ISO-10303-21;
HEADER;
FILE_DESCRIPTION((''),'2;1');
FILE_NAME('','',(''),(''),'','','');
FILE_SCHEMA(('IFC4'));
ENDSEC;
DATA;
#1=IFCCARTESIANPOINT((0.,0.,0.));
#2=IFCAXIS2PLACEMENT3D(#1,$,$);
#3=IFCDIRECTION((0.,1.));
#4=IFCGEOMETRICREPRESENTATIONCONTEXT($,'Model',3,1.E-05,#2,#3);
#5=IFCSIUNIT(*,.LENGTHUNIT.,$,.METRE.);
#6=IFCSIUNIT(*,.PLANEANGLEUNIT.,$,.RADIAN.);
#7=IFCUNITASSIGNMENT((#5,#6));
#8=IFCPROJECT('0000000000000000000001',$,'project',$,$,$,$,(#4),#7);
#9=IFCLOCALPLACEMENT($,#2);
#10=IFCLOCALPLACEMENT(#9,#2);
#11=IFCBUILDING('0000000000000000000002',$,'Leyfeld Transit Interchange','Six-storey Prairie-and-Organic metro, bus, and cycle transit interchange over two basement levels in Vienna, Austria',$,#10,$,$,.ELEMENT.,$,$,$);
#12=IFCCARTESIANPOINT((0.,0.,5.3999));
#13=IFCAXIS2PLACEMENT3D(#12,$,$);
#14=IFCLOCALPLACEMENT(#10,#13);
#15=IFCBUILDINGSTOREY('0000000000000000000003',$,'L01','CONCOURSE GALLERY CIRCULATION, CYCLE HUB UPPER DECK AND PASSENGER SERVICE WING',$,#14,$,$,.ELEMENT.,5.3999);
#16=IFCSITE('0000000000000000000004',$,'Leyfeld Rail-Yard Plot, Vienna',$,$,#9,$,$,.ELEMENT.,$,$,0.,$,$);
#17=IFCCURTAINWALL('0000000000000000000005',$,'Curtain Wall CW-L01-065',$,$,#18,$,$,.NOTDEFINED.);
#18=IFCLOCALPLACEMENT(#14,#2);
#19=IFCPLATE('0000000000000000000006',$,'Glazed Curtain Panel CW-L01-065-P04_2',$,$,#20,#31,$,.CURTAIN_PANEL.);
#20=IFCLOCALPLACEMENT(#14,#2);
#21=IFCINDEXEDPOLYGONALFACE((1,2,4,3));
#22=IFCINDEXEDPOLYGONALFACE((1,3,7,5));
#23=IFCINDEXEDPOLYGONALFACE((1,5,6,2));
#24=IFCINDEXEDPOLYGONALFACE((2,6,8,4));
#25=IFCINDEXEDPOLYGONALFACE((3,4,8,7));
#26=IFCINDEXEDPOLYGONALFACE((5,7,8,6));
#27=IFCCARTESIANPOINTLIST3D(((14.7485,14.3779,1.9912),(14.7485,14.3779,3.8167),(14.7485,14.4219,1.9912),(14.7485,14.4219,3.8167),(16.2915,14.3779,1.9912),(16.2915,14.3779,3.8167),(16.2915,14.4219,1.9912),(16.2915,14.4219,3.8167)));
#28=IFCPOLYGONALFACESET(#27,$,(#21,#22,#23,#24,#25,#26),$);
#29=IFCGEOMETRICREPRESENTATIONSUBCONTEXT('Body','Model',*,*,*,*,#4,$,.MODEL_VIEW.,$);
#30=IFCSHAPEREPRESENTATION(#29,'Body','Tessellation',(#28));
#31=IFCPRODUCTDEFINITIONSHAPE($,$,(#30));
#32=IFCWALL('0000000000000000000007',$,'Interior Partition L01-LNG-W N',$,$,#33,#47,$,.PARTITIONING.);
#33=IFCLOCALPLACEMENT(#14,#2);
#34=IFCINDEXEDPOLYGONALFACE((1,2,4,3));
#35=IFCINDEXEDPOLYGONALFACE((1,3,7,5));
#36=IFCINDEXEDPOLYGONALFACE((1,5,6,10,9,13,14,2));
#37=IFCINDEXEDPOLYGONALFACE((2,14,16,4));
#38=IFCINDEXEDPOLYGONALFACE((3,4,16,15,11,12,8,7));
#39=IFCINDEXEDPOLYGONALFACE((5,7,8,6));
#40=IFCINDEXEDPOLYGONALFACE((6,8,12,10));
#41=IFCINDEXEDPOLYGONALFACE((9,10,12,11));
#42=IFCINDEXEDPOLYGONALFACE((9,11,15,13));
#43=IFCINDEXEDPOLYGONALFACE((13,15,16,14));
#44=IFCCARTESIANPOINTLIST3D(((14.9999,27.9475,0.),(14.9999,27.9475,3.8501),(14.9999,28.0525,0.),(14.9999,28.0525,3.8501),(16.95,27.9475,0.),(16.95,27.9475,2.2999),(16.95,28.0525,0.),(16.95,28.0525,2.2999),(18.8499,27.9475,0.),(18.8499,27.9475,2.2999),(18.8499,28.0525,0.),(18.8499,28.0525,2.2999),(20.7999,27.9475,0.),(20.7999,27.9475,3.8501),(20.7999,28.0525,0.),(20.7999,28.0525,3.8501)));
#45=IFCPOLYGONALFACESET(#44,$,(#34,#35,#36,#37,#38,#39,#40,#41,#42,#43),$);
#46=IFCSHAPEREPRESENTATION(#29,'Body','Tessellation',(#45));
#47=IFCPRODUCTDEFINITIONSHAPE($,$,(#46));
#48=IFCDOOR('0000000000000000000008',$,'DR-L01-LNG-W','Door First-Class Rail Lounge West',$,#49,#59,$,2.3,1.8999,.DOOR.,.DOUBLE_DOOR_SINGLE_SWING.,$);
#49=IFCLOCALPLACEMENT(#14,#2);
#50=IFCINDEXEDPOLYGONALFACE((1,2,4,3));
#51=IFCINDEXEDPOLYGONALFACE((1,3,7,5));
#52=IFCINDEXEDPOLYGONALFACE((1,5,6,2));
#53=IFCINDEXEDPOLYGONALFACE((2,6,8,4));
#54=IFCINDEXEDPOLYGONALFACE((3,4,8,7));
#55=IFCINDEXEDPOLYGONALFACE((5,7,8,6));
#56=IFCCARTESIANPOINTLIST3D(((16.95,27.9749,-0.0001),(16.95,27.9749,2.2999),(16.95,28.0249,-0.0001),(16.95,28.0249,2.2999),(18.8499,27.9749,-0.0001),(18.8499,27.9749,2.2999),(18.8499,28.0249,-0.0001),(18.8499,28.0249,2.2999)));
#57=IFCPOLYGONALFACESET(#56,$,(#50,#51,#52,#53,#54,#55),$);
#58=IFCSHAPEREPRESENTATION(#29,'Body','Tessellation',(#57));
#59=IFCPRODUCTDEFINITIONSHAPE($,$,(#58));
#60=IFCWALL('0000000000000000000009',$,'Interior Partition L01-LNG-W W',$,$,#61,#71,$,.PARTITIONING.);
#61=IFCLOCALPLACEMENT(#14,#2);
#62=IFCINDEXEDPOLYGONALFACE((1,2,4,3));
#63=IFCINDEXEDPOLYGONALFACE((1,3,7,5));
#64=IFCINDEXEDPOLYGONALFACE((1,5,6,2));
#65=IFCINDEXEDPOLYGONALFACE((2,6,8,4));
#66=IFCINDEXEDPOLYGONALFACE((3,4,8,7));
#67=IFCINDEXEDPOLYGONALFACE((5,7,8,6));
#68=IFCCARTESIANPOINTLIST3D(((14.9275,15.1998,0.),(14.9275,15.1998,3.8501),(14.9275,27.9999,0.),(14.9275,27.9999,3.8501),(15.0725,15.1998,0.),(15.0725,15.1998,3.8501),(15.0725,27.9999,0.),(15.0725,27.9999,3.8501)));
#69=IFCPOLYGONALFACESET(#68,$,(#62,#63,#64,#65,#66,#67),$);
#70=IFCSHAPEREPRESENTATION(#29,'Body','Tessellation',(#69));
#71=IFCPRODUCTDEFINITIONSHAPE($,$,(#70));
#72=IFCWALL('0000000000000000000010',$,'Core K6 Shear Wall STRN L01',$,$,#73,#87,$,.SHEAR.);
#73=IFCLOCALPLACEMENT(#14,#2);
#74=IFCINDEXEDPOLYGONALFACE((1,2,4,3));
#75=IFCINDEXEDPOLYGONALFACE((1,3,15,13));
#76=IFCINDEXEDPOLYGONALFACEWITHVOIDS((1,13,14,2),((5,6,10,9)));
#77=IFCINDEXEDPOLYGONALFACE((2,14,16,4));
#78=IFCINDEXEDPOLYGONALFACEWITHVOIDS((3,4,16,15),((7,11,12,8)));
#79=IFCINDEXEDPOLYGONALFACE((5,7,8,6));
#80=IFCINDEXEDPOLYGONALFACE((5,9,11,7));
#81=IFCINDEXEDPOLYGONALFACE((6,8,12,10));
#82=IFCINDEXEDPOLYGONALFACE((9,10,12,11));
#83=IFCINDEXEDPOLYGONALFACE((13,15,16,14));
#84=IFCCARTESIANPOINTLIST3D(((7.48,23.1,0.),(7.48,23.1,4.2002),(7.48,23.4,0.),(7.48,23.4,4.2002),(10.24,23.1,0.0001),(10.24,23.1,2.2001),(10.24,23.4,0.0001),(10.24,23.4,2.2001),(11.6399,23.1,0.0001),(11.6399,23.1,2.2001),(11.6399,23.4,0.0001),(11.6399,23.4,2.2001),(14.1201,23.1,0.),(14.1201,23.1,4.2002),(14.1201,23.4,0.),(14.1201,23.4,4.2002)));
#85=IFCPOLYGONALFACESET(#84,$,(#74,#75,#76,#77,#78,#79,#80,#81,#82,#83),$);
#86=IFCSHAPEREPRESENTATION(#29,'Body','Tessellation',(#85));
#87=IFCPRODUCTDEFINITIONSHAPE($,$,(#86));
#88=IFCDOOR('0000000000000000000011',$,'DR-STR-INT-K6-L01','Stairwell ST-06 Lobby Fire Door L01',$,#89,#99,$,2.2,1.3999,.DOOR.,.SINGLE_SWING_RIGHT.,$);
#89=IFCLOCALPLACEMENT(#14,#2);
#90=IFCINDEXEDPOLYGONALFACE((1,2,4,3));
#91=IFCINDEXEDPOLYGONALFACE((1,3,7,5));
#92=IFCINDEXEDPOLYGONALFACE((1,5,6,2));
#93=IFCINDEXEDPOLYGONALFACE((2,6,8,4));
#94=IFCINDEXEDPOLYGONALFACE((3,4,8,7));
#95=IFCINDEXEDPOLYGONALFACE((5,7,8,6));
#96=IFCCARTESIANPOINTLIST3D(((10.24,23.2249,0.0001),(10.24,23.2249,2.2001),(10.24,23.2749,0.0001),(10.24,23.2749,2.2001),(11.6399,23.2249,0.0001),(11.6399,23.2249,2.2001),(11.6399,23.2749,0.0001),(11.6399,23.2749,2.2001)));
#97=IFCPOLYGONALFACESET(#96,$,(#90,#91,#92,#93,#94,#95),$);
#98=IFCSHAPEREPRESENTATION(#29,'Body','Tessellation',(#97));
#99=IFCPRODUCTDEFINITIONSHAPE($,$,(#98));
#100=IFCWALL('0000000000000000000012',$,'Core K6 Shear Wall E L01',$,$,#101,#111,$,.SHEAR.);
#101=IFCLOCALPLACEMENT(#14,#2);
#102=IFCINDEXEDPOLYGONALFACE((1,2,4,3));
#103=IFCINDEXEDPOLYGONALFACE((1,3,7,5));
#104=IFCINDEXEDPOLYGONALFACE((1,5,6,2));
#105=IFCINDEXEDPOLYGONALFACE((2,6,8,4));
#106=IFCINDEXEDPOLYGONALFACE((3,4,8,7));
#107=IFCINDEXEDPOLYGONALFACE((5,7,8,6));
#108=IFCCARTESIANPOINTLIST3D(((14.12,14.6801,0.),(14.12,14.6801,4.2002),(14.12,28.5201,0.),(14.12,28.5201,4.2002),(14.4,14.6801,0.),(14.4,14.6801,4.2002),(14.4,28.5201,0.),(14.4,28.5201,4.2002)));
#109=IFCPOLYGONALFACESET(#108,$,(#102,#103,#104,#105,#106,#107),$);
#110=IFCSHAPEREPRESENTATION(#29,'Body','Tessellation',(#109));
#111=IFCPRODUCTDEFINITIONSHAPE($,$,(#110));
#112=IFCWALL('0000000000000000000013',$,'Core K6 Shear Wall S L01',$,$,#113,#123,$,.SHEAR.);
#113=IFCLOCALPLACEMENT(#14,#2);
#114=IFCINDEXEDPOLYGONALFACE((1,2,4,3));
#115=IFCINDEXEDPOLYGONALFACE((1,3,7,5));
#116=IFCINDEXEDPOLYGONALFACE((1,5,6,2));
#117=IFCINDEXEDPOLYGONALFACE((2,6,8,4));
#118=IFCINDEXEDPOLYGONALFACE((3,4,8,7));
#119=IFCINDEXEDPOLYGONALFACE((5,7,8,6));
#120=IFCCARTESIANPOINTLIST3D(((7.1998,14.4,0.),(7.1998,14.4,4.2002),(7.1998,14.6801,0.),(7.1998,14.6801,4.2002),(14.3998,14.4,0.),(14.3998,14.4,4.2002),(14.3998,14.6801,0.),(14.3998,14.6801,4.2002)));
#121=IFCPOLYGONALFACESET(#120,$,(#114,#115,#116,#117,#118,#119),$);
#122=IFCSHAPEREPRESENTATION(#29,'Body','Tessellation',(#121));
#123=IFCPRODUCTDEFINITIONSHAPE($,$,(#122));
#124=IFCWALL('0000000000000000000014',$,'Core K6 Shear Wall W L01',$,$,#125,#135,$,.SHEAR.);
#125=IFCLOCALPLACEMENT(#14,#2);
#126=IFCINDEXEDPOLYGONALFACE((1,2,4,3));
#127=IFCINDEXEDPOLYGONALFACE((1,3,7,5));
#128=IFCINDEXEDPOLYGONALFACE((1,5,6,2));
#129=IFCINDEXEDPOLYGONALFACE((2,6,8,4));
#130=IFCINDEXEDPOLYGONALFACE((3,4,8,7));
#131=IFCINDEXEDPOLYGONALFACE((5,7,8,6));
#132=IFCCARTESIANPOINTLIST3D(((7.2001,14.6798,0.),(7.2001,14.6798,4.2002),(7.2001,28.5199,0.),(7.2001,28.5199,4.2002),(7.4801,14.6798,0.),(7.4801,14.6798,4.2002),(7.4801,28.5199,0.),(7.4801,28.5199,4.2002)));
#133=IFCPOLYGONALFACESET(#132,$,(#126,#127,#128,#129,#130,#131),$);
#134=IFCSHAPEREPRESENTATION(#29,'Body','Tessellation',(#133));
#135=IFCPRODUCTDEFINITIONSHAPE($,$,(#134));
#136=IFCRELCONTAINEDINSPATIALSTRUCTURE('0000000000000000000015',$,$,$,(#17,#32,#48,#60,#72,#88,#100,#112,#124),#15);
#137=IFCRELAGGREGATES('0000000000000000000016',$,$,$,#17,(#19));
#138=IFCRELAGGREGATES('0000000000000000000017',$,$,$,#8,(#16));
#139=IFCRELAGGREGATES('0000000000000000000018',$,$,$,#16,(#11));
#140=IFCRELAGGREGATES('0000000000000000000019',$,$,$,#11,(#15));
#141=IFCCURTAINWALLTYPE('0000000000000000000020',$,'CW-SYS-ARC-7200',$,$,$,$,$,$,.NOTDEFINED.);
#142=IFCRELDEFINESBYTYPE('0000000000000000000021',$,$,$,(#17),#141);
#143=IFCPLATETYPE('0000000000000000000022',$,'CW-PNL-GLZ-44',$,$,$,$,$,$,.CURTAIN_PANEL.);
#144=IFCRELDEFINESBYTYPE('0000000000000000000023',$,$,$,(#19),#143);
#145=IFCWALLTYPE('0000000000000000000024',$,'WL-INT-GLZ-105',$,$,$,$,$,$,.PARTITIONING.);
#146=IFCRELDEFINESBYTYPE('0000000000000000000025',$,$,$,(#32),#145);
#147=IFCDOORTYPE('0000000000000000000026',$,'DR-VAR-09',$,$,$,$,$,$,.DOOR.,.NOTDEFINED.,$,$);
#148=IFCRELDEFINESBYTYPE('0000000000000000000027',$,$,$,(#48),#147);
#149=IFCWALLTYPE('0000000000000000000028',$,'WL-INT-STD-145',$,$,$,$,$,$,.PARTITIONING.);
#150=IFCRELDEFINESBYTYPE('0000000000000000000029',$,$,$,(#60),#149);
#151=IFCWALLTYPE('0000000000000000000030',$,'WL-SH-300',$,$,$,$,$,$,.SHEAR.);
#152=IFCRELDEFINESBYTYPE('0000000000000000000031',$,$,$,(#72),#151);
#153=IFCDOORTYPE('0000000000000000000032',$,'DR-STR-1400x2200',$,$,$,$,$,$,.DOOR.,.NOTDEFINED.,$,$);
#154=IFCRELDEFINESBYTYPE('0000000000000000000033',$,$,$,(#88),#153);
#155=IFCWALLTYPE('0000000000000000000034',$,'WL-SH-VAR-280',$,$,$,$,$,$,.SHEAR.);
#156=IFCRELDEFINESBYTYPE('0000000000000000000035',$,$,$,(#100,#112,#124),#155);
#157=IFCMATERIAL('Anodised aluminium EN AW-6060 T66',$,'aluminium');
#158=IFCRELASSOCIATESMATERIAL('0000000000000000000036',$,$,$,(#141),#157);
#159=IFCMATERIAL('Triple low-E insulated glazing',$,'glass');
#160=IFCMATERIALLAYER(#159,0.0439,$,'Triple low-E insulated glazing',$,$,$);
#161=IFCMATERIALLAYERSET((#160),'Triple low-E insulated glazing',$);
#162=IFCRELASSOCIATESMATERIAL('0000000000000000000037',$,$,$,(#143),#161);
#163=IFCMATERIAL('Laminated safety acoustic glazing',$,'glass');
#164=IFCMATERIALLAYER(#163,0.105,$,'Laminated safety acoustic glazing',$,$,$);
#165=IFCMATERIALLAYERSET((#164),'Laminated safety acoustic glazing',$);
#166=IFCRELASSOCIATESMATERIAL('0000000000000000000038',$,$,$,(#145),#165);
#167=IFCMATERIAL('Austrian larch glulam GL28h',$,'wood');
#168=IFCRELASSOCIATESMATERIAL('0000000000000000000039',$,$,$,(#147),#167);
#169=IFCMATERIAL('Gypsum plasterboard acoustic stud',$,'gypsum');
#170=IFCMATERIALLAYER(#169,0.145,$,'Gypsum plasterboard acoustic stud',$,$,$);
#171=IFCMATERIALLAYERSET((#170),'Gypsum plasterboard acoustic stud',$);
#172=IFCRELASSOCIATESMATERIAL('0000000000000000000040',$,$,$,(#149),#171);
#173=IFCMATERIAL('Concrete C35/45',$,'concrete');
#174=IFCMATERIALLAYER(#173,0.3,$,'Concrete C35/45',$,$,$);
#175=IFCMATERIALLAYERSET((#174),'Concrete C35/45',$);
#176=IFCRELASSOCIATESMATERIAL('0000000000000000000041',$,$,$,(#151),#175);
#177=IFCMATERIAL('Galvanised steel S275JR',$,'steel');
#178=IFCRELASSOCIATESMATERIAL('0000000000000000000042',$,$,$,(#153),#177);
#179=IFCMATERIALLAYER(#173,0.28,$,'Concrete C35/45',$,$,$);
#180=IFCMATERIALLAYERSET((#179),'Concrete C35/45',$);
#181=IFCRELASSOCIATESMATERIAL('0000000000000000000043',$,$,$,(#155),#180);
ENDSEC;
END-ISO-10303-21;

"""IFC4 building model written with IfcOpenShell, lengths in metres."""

from ifc_helpers import new_model, si_unit, direction, frame, frame_2d, origin, origin_2d, place, context, subcontext, project, spatial, rectangle, extrude, material, layer, layer_set, type_object, element, fill, aggregate, save


model = new_model("IFC4")

# Units and contexts
model_context = context("Model", 3, precision=1e-05, world=origin(), true_north=direction((0.0, 1.0)))
body_context = subcontext(model_context, "Body", "Model", "MODEL_VIEW")
ifc_project = project(units=[si_unit("LENGTHUNIT", "METRE"), si_unit("PLANEANGLEUNIT", "RADIAN")], contexts=[model_context])

# Site, building, storey
site_placement = place(None, origin())
site = spatial("IfcSite", under=ifc_project, at=site_placement, Name="Leyfeld Rail-Yard Plot, Vienna", CompositionType="ELEMENT", RefElevation=0.0)
building_placement = place(site_placement, origin())
building = spatial("IfcBuilding", under=site, at=building_placement, Name="Leyfeld Transit Interchange", Description="Six-storey Prairie-and-Organic metro, bus, and cycle transit interchange over two basement levels in Vienna, Austria", CompositionType="ELEMENT")
storey_placement = place(building_placement, frame((0.0, 0.0, 5.3999)))
storey = spatial("IfcBuildingStorey", under=building, at=storey_placement, Name="L01", Description="CONCOURSE GALLERY CIRCULATION, CYCLE HUB UPPER DECK AND PASSENGER SERVICE WING", CompositionType="ELEMENT", Elevation=5.3999)

# Shared definitions
ifc_material_1 = material(Name="Concrete C35/45", Category="concrete")

# Curtain wall
ifc_material_2 = material(Name="Anodised aluminium EN AW-6060 T66", Category="aluminium")
curtain_wall_type = type_object("IfcCurtainWallType", Name="CW-SYS-ARC-7200", PredefinedType="NOTDEFINED", material=ifc_material_2)
curtain_wall_1_placement = place(storey_placement, origin())
curtain_wall_1 = element("IfcCurtainWall", 1, at=curtain_wall_1_placement, inside=storey, type_object=curtain_wall_type, Name="Curtain Wall CW-L01-065", PredefinedType="NOTDEFINED")

# Plate
ifc_material_3 = material(Name="Triple low-E insulated glazing", Category="glass")
ifc_layer_1 = layer(ifc_material_3, 0.0439, Name="Triple low-E insulated glazing")
ifc_layer_set_1 = layer_set([ifc_layer_1], Name="Triple low-E insulated glazing")
plate_type = type_object("IfcPlateType", Name="CW-PNL-GLZ-44", PredefinedType="CURTAIN_PANEL", material=ifc_layer_set_1)
plate_1_placement = place(storey_placement, frame((15.52, 14.3999, 1.9912), z_axis=(0.0, 0.0, 1.0), x_axis=(-1.0, 0.0, 0.0)))
plate_1 = element("IfcPlate", 2, at=plate_1_placement, type_object=plate_type, Name="Glazed Curtain Panel CW-L01-065-P04_2", PredefinedType="CURTAIN_PANEL", context=body_context, shape_type="SweptSolid", body=[
    extrude(rectangle(XDim=1.543, YDim=0.0439, at=origin_2d()), origin(), (0.0, 0.0, 1.0), 1.8254),
])
aggregate(curtain_wall_1, [plate_1])

# Wall, opening, door
ifc_material_4 = material(Name="Laminated safety acoustic glazing", Category="glass")
ifc_layer_2 = layer(ifc_material_4, 0.105, Name="Laminated safety acoustic glazing")
ifc_layer_set_2 = layer_set([ifc_layer_2], Name="Laminated safety acoustic glazing")
wall_type_1 = type_object("IfcWallType", Name="WL-INT-GLZ-105", PredefinedType="PARTITIONING", material=ifc_layer_set_2)
wall_1_placement = place(storey_placement, frame((15.0, 28.0, 0.0), z_axis=(0.0, 0.0, 1.0), x_axis=(1.0, 0.0, 0.0)))
wall_1 = element("IfcWall", 3, at=wall_1_placement, inside=storey, type_object=wall_type_1, Name="Interior Partition L01-LNG-W N", PredefinedType="PARTITIONING", context=body_context, shape_type="SweptSolid", body=[
    extrude(rectangle(XDim=5.8, YDim=0.105, at=frame_2d((2.8999, 0.0))), origin(), (0.0, 0.0, 1.0), 3.8501),
])
opening_1_placement = place(wall_1_placement, frame((1.95, 0.0, 0.0)))
opening_1 = element("IfcOpeningElement", 4, at=opening_1_placement, cuts=wall_1, PredefinedType="OPENING", context=body_context, shape_type="SweptSolid", body=[
    extrude(rectangle(XDim=1.8999, YDim=2.3, at=frame_2d((0.95, 1.1499))), frame((0.0, 0.0625, 0.0), z_axis=(0.0, -1.0, 0.0), x_axis=(1.0, 0.0, 0.0)), (0.0, 0.0, 1.0), 0.125),
])
ifc_material_5 = material(Name="Austrian larch glulam GL28h", Category="wood")
door_type_1 = type_object("IfcDoorType", Name="DR-VAR-09", OperationType="NOTDEFINED", PredefinedType="DOOR", material=ifc_material_5)
door_1_placement = place(opening_1_placement, origin())
door_1 = element("IfcDoor", 5, at=door_1_placement, inside=storey, type_object=door_type_1, Name="DR-L01-LNG-W", Description="Door First-Class Rail Lounge West", OperationType="DOUBLE_DOOR_SINGLE_SWING", OverallHeight=2.3, OverallWidth=1.8999, PredefinedType="DOOR", context=body_context, shape_type="SweptSolid", body=[
    extrude(rectangle(XDim=1.8999, YDim=2.3, at=frame_2d((0.95, 1.1499))), frame((0.0, 0.0249, 0.0), z_axis=(0.0, -1.0, 0.0), x_axis=(1.0, 0.0, 0.0)), (0.0, 0.0, 1.0), 0.05),
])
fill(opening_1, door_1)

# Wall
ifc_material_6 = material(Name="Gypsum plasterboard acoustic stud", Category="gypsum")
ifc_layer_3 = layer(ifc_material_6, 0.145, Name="Gypsum plasterboard acoustic stud")
ifc_layer_set_3 = layer_set([ifc_layer_3], Name="Gypsum plasterboard acoustic stud")
wall_type_2 = type_object("IfcWallType", Name="WL-INT-STD-145", PredefinedType="PARTITIONING", material=ifc_layer_set_3)
wall_2_placement = place(storey_placement, frame((15.0, 15.2, 0.0), z_axis=(0.0, 0.0, 1.0), x_axis=(0.0, 1.0, 0.0)))
element("IfcWall", 6, at=wall_2_placement, inside=storey, type_object=wall_type_2, Name="Interior Partition L01-LNG-W W", PredefinedType="PARTITIONING", context=body_context, shape_type="SweptSolid", body=[
    extrude(rectangle(XDim=12.8, YDim=0.145, at=frame_2d((6.3999, 0.0))), origin(), (0.0, 0.0, 1.0), 3.8501),
])

# Wall, opening, door
ifc_layer_4 = layer(ifc_material_1, 0.3, Name="Concrete C35/45")
ifc_layer_set_4 = layer_set([ifc_layer_4], Name="Concrete C35/45")
wall_type_3 = type_object("IfcWallType", Name="WL-SH-300", PredefinedType="SHEAR", material=ifc_layer_set_4)
wall_3_placement = place(storey_placement, frame((7.48, 23.25, 0.0), z_axis=(0.0, 0.0, 1.0), x_axis=(1.0, 0.0, 0.0)))
wall_3 = element("IfcWall", 7, at=wall_3_placement, inside=storey, type_object=wall_type_3, Name="Core K6 Shear Wall STRN L01", PredefinedType="SHEAR", context=body_context, shape_type="SweptSolid", body=[
    extrude(rectangle(XDim=6.6401, YDim=0.3, at=frame_2d((3.3201, 0.0))), origin(), (0.0, 0.0, 1.0), 4.2002),
])
opening_2_placement = place(wall_3_placement, frame((2.76, 0.0, 0.0)))
opening_2 = element("IfcOpeningElement", 8, at=opening_2_placement, cuts=wall_3, PredefinedType="OPENING", context=body_context, shape_type="SweptSolid", body=[
    extrude(rectangle(XDim=1.3999, YDim=2.2, at=frame_2d((0.7, 1.1001))), frame((0.0, 0.1599, 0.0), z_axis=(0.0, -1.0, 0.0), x_axis=(1.0, 0.0, 0.0)), (0.0, 0.0, 1.0), 0.3201),
])
ifc_material_7 = material(Name="Galvanised steel S275JR", Category="steel")
door_type_2 = type_object("IfcDoorType", Name="DR-STR-1400x2200", OperationType="NOTDEFINED", PredefinedType="DOOR", material=ifc_material_7)
door_2_placement = place(opening_2_placement, origin())
door_2 = element("IfcDoor", 9, at=door_2_placement, inside=storey, type_object=door_type_2, Name="DR-STR-INT-K6-L01", Description="Stairwell ST-06 Lobby Fire Door L01", OperationType="SINGLE_SWING_RIGHT", OverallHeight=2.2, OverallWidth=1.3999, PredefinedType="DOOR", context=body_context, shape_type="SweptSolid", body=[
    extrude(rectangle(XDim=1.3999, YDim=2.2, at=frame_2d((0.7, 1.1001))), frame((0.0, 0.0249, 0.0), z_axis=(0.0, -1.0, 0.0), x_axis=(1.0, 0.0, 0.0)), (0.0, 0.0, 1.0), 0.05),
])
fill(opening_2, door_2)

# Walls
ifc_layer_5 = layer(ifc_material_1, 0.28, Name="Concrete C35/45")
ifc_layer_set_5 = layer_set([ifc_layer_5], Name="Concrete C35/45")
wall_type_4 = type_object("IfcWallType", Name="WL-SH-VAR-280", PredefinedType="SHEAR", material=ifc_layer_set_5)
wall_4_placement = place(storey_placement, frame((14.26, 28.52, 0.0), z_axis=(0.0, 0.0, 1.0), x_axis=(0.0, -1.0, 0.0)))
element("IfcWall", 10, at=wall_4_placement, inside=storey, type_object=wall_type_4, Name="Core K6 Shear Wall E L01", PredefinedType="SHEAR", context=body_context, shape_type="SweptSolid", body=[
    extrude(rectangle(XDim=13.8401, YDim=0.28, at=frame_2d((6.9199, 0.0))), origin(), (0.0, 0.0, 1.0), 4.2002),
])
wall_5_placement = place(storey_placement, frame((14.3999, 14.54, 0.0), z_axis=(0.0, 0.0, 1.0), x_axis=(-1.0, 0.0, 0.0)))
element("IfcWall", 11, at=wall_5_placement, inside=storey, type_object=wall_type_4, Name="Core K6 Shear Wall S L01", PredefinedType="SHEAR", context=body_context, shape_type="SweptSolid", body=[
    extrude(rectangle(XDim=7.2, YDim=0.28, at=frame_2d((3.6001, 0.0))), origin(), (0.0, 0.0, 1.0), 4.2002),
])
wall_6_placement = place(storey_placement, frame((7.3401, 14.6799, 0.0), z_axis=(0.0, 0.0, 1.0), x_axis=(0.0, 1.0, 0.0)))
element("IfcWall", 12, at=wall_6_placement, inside=storey, type_object=wall_type_4, Name="Core K6 Shear Wall W L01", PredefinedType="SHEAR", context=body_context, shape_type="SweptSolid", body=[
    extrude(rectangle(XDim=13.8401, YDim=0.28, at=frame_2d((6.9199, 0.0))), origin(), (0.0, 0.0, 1.0), 4.2002),
])

save(model, "model.ifc")
